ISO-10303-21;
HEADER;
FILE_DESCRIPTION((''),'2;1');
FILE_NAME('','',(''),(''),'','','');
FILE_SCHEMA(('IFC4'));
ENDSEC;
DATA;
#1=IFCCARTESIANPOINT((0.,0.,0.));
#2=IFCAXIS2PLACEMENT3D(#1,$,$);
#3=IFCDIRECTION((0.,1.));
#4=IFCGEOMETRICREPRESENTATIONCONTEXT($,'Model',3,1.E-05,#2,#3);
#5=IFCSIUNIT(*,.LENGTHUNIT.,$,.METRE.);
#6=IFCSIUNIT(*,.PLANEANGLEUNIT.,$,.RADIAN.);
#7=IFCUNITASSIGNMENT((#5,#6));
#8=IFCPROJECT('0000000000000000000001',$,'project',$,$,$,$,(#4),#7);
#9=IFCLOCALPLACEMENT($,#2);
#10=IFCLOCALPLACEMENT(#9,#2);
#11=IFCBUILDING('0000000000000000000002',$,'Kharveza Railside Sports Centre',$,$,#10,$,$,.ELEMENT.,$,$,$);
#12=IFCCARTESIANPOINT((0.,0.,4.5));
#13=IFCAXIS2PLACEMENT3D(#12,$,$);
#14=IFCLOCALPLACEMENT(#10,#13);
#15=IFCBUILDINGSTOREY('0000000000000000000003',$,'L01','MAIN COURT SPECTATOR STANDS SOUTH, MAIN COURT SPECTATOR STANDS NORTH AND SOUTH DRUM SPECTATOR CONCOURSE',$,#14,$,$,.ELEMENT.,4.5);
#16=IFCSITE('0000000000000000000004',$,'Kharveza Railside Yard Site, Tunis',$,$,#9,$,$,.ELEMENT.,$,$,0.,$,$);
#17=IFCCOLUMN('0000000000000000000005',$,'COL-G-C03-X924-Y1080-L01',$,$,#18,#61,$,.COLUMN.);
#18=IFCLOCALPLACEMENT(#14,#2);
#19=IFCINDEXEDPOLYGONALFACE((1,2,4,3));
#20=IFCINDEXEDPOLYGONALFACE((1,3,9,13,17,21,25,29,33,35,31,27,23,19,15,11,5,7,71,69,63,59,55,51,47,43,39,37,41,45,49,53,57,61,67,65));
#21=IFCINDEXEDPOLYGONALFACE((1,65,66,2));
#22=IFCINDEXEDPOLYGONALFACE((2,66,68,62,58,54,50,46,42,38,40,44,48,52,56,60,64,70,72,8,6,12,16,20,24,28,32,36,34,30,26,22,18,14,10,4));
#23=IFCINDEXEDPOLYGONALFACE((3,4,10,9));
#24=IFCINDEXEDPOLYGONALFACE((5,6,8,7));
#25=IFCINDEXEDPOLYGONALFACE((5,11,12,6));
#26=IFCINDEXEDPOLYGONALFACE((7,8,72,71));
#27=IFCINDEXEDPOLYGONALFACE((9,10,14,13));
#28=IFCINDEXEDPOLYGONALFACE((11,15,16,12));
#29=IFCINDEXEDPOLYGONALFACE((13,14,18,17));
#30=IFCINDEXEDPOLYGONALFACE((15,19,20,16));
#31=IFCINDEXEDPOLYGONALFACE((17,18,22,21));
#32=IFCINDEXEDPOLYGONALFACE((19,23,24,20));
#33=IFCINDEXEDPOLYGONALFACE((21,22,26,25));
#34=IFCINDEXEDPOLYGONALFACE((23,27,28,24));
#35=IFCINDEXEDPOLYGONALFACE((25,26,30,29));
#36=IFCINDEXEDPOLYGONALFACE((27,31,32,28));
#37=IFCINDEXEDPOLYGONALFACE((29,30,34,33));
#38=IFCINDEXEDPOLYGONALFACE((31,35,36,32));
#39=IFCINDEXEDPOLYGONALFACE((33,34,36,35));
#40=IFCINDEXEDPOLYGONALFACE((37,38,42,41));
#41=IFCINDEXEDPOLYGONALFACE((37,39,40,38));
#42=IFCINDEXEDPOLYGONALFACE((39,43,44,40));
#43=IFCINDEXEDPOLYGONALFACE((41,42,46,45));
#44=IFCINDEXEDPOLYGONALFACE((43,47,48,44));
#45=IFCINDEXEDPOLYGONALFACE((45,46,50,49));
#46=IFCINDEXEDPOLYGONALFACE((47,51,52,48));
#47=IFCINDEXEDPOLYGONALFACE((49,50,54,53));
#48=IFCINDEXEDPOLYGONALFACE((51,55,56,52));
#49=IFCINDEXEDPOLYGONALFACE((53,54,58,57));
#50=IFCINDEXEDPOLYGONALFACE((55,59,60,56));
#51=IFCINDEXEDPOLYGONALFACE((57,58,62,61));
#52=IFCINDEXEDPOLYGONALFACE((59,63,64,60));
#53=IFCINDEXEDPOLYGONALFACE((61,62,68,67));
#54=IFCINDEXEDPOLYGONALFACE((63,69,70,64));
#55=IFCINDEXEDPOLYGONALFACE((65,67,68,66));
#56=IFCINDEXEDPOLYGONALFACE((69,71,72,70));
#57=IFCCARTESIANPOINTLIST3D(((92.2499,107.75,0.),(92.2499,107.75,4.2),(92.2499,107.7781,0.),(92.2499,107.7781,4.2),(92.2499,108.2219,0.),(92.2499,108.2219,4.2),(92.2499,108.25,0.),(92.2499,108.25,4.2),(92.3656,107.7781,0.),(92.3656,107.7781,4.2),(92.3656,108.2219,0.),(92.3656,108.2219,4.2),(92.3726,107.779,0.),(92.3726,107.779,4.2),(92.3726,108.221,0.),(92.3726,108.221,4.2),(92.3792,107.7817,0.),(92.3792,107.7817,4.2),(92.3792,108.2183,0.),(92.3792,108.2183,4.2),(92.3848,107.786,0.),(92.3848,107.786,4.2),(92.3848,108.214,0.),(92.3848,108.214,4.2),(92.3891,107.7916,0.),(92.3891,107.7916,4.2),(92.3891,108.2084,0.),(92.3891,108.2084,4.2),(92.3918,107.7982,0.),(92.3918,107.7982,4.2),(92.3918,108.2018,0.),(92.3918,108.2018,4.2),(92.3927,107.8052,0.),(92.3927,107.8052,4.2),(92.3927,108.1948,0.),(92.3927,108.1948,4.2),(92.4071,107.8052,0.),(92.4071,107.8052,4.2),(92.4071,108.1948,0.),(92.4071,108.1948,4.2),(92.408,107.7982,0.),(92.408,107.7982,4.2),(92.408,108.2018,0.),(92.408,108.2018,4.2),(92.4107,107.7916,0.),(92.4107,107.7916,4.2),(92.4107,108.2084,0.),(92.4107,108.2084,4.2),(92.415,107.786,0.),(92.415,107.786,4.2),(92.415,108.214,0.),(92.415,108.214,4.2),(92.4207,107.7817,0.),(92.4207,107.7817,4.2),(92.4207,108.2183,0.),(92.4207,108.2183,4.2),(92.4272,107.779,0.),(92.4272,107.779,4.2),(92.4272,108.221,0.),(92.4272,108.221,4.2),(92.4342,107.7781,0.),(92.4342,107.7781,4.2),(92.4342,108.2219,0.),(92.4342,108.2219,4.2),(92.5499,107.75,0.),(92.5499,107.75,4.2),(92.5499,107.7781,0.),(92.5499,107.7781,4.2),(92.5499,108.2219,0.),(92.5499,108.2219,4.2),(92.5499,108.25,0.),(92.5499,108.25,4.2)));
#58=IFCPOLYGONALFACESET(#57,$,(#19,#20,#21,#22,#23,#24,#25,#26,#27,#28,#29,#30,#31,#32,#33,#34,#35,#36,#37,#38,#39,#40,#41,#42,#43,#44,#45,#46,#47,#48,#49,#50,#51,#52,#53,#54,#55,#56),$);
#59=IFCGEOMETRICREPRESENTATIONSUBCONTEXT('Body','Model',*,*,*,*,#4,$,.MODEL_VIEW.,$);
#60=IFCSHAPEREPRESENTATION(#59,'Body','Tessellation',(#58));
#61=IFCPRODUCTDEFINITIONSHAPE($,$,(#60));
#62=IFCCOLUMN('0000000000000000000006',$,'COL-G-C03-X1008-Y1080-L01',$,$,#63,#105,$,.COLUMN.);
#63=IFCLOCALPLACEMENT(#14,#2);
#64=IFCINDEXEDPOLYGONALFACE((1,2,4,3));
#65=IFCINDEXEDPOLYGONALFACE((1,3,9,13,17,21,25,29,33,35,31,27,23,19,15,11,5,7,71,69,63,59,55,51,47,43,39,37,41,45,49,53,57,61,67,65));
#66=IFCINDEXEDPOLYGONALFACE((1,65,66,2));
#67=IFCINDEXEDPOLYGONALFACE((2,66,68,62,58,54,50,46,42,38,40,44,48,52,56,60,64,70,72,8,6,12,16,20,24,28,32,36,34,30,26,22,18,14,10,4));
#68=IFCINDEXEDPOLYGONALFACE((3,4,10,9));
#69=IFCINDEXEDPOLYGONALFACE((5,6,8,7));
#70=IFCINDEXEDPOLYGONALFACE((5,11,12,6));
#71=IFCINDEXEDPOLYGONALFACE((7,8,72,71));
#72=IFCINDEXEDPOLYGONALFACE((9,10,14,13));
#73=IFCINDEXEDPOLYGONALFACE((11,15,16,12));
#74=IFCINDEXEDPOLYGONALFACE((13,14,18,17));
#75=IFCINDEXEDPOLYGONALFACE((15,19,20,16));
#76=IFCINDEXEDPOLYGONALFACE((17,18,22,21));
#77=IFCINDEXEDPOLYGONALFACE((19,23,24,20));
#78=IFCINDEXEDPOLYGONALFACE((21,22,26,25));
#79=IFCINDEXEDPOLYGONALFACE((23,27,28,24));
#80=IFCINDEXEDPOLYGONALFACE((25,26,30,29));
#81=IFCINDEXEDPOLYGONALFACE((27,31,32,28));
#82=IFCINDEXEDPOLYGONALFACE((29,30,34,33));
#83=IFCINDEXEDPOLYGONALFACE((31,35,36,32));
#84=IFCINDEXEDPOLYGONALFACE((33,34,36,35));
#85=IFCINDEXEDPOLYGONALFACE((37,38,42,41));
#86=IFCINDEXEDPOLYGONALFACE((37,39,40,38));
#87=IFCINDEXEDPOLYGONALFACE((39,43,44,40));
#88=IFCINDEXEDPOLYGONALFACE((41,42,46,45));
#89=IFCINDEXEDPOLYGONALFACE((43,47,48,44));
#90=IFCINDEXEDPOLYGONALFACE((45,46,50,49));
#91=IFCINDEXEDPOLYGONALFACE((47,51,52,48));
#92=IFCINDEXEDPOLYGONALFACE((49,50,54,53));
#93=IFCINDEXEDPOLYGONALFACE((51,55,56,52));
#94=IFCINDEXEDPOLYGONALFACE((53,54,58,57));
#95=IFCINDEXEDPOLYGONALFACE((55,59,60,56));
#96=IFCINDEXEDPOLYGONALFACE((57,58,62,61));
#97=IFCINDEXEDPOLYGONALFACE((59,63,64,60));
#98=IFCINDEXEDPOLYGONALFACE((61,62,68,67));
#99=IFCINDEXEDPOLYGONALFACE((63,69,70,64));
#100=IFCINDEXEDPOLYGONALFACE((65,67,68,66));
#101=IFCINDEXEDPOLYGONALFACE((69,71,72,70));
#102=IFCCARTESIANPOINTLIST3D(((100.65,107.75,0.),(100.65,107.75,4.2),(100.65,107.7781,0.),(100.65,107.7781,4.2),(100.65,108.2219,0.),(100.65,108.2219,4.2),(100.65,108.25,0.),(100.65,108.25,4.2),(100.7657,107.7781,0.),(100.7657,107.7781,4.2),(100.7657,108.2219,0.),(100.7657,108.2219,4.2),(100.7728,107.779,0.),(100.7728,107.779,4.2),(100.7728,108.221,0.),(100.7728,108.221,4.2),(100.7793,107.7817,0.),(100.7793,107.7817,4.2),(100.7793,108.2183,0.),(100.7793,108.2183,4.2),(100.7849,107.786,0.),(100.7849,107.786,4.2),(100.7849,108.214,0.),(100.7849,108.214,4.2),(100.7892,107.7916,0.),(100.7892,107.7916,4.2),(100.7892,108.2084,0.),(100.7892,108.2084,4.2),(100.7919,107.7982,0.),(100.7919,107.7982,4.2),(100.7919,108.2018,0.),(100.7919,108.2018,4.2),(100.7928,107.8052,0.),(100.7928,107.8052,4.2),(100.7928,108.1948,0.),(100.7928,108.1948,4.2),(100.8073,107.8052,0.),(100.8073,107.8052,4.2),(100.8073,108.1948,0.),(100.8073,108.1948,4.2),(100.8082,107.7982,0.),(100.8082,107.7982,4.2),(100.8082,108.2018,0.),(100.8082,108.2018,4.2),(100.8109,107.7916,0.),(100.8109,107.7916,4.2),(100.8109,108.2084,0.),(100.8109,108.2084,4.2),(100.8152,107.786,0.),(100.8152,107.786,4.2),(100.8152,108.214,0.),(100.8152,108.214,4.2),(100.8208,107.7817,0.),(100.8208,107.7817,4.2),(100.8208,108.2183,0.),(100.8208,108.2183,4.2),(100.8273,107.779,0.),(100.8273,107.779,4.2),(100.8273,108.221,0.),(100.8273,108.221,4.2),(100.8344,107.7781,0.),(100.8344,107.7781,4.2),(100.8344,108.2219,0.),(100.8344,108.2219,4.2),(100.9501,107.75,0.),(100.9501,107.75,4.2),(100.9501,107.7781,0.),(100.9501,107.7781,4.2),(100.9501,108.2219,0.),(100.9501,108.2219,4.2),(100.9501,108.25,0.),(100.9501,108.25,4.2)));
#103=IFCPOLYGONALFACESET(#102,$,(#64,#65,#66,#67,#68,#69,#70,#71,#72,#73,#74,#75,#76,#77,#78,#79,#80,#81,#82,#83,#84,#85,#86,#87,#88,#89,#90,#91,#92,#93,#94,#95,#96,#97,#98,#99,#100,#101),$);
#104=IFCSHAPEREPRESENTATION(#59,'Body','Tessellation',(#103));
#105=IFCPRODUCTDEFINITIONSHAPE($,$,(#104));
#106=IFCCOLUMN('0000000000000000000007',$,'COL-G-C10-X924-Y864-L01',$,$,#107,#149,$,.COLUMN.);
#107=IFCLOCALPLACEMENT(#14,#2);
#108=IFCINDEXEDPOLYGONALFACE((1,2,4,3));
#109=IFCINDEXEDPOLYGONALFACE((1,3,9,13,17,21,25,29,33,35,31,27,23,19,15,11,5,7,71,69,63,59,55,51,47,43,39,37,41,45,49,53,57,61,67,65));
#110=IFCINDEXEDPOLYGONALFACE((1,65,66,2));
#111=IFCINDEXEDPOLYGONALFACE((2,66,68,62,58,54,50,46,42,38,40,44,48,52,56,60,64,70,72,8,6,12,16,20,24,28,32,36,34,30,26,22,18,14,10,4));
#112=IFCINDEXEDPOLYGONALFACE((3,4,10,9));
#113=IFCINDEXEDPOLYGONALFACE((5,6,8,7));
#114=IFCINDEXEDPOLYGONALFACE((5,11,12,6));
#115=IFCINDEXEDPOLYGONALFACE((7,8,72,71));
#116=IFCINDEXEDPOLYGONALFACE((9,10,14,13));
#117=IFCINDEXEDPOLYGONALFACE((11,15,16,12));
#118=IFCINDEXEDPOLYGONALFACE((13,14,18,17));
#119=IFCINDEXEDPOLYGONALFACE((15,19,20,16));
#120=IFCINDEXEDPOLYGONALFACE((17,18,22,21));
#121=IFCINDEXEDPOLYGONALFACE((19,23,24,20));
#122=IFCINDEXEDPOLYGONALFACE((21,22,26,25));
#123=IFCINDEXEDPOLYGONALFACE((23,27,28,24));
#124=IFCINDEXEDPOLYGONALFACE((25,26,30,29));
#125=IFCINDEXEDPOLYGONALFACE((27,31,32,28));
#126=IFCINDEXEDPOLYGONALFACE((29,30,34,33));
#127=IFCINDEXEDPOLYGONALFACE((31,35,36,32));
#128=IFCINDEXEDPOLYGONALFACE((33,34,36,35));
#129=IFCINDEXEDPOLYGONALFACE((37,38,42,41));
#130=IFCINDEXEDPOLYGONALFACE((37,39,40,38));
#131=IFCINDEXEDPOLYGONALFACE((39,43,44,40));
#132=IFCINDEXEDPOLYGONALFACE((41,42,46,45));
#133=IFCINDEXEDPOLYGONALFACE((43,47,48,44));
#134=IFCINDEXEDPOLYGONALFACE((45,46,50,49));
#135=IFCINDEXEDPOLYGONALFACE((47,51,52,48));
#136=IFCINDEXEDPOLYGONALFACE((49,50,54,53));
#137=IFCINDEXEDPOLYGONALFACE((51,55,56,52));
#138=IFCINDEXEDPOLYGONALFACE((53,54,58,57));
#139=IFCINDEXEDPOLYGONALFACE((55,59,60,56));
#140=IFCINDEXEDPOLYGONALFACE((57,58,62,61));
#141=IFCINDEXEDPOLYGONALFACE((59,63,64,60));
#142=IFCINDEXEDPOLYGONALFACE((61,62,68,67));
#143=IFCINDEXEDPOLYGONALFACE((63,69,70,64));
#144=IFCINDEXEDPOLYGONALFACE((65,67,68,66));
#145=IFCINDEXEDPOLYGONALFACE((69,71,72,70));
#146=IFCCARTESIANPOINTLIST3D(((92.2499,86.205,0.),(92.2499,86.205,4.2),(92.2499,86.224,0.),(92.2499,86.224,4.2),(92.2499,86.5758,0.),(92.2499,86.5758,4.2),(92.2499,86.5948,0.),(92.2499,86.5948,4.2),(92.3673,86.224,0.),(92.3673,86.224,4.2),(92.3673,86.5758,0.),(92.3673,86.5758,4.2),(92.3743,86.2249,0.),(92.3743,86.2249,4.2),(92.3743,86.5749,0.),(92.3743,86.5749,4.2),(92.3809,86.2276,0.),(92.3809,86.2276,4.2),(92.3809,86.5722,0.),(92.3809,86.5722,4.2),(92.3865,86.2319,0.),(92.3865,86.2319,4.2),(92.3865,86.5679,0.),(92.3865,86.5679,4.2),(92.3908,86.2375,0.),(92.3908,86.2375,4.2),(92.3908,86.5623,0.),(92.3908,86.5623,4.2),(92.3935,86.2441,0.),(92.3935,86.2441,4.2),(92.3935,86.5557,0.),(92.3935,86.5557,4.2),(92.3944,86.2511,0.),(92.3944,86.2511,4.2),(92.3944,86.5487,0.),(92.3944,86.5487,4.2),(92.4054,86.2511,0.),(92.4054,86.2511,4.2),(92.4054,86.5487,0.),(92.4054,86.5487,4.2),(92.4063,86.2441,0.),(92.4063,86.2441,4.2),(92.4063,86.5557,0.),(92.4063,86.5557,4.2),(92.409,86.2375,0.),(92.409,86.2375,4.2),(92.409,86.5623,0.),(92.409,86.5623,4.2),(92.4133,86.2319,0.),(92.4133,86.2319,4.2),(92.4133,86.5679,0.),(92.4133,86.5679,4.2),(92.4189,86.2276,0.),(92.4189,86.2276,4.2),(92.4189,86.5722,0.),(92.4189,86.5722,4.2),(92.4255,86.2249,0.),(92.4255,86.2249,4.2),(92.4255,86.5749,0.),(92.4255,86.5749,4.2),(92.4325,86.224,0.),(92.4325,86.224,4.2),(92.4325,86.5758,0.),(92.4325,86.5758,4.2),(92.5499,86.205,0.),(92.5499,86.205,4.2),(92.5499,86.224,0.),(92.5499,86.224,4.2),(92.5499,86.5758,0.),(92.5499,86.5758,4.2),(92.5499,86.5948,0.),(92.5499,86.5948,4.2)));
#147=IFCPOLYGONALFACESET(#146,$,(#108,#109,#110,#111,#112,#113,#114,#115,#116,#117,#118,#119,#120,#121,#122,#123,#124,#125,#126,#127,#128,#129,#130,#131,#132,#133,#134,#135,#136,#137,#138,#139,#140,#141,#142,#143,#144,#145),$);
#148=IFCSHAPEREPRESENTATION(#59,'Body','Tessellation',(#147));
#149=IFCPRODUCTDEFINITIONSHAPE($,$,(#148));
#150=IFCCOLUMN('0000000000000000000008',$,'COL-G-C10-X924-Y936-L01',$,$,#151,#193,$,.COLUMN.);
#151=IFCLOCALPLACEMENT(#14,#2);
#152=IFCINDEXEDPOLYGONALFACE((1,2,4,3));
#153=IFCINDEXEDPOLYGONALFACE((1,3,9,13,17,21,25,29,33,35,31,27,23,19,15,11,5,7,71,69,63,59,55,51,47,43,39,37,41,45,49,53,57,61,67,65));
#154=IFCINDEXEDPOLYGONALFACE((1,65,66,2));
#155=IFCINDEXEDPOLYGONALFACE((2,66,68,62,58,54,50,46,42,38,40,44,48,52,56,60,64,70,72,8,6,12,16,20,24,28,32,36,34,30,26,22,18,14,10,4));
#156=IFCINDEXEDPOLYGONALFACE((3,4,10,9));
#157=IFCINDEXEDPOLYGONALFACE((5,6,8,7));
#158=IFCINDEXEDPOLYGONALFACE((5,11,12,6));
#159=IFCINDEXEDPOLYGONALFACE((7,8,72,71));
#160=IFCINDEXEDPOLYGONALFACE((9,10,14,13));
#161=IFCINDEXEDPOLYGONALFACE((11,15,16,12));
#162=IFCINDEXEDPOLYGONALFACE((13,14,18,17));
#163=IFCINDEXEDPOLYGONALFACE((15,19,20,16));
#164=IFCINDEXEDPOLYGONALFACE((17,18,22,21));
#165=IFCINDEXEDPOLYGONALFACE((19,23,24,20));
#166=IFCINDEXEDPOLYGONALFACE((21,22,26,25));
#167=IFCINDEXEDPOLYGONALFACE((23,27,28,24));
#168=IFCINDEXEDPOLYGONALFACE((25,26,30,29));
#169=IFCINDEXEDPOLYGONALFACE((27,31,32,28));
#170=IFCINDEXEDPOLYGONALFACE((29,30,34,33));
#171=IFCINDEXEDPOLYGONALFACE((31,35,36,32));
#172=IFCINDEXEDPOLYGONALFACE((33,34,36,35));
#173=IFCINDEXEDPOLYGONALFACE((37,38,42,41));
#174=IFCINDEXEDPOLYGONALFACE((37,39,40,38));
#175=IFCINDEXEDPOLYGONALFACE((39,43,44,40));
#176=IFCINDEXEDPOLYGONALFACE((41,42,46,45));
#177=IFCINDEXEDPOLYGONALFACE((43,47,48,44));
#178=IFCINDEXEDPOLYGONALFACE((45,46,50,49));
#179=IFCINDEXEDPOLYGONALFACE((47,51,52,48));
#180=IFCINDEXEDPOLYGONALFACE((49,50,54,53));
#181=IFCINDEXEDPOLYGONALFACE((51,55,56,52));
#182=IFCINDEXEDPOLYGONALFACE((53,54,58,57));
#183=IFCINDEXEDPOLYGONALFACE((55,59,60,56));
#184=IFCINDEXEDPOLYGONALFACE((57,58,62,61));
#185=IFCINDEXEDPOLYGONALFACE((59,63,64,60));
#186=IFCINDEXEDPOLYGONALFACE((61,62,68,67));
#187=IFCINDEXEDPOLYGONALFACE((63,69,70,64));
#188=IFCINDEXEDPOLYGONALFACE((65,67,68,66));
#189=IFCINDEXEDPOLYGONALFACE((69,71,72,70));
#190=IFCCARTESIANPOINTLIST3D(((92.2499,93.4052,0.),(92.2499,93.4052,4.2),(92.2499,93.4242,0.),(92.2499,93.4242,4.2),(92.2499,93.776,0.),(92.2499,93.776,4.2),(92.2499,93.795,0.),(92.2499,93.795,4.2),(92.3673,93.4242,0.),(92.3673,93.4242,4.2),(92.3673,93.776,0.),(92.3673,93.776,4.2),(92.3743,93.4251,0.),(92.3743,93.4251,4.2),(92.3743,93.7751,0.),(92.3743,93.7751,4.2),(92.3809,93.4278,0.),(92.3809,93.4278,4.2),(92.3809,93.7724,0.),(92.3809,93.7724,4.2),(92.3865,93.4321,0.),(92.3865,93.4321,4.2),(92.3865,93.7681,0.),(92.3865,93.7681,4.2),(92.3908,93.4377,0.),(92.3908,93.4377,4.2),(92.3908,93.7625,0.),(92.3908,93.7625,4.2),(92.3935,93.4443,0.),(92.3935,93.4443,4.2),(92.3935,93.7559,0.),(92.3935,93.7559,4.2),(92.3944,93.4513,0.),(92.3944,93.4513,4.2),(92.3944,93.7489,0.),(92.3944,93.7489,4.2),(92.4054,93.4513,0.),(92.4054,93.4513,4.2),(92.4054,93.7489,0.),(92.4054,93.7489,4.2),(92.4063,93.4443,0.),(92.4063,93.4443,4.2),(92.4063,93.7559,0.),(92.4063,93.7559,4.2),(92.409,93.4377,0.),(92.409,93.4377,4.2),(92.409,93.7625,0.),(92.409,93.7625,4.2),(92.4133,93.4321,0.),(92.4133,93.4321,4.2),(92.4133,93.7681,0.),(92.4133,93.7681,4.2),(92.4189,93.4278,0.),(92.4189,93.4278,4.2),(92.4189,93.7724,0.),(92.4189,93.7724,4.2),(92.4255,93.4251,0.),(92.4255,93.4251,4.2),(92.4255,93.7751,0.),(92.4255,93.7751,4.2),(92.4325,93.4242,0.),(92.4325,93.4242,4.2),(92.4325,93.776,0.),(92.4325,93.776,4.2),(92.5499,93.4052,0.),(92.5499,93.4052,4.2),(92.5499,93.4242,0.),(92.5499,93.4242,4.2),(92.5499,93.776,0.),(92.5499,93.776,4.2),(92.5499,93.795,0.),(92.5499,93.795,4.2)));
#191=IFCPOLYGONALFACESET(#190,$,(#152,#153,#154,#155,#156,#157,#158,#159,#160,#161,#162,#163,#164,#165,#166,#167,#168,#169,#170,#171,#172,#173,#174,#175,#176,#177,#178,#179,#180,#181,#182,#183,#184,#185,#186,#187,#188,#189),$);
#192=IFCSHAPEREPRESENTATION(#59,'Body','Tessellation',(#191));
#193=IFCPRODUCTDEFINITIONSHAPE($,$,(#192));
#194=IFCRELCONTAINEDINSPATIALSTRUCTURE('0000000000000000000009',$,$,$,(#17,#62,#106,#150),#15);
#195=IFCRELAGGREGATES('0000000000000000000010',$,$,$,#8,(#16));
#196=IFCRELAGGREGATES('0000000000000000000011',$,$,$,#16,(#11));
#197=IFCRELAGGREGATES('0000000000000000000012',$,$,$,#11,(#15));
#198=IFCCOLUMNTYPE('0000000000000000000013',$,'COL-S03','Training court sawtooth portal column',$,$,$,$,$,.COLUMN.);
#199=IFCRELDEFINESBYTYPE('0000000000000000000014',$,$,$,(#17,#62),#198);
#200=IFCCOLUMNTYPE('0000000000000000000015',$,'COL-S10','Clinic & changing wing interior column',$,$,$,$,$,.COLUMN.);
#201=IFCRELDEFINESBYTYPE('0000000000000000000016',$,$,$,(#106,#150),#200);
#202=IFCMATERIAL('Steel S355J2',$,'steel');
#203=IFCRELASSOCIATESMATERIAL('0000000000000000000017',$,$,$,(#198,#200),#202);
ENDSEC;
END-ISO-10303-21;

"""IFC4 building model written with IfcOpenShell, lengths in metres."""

from ifc_helpers import new_model, si_unit, direction, frame, origin, origin_2d, place, context, subcontext, project, spatial, i_section, extrude, material, material_profile, profile_set, type_object, element, save


model = new_model("IFC4")

# Units and contexts
model_context = context("Model", 3, precision=1e-05, world=origin(), true_north=direction((0.0, 1.0)))
body_context = subcontext(model_context, "Body", "Model", "MODEL_VIEW")
ifc_project = project(units=[si_unit("LENGTHUNIT", "METRE"), si_unit("PLANEANGLEUNIT", "RADIAN")], contexts=[model_context])

# Site, building, storey
site_placement = place(None, origin())
site = spatial("IfcSite", under=ifc_project, at=site_placement, Name="Kharveza Railside Yard Site, Tunis", CompositionType="ELEMENT", RefElevation=0.0)
building_placement = place(site_placement, origin())
building = spatial("IfcBuilding", under=site, at=building_placement, Name="Kharveza Railside Sports Centre", CompositionType="ELEMENT")
storey_placement = place(building_placement, frame((0.0, 0.0, 4.5)))
storey = spatial("IfcBuildingStorey", under=building, at=storey_placement, Name="L01", Description="MAIN COURT SPECTATOR STANDS SOUTH, MAIN COURT SPECTATOR STANDS NORTH AND SOUTH DRUM SPECTATOR CONCOURSE", CompositionType="ELEMENT", Elevation=4.5)

# Columns
ifc_material_1 = material(Name="Steel S355J2", Category="steel")
ifc_material_profile_1 = material_profile(ifc_material_1, i_section(OverallWidth=0.3, OverallDepth=0.5, WebThickness=0.0144, FlangeThickness=0.0281, FilletRadius=0.0271, at=origin_2d()), Name="HEB 500")
ifc_profile_set_1 = profile_set([ifc_material_profile_1], Name="Steel S355J2")
column_type_1 = type_object("IfcColumnType", Name="COL-S03", Description="Training court sawtooth portal column", PredefinedType="COLUMN", material=ifc_profile_set_1)
for number, where, z_axis, x_axis, name in (
    (1, (92.3999, 108.0, 0.0), (0.0, 0.0, 1.0), (1.0, 0.0, 0.0), "COL-G-C03-X924-Y1080-L01"),
    (2, (100.8, 108.0, 0.0), (0.0, 0.0, 1.0), (1.0, 0.0, 0.0), "COL-G-C03-X1008-Y1080-L01"),
):
    element("IfcColumn", number, at=place(storey_placement, frame(where, z_axis=z_axis, x_axis=x_axis)), inside=storey, type_object=column_type_1, Name=name, PredefinedType="COLUMN", context=body_context, shape_type="SweptSolid", body=[
        extrude(i_section(OverallWidth=0.3, OverallDepth=0.5, WebThickness=0.0144, FlangeThickness=0.0281, FilletRadius=0.0271, at=origin_2d()), origin(), (0.0, 0.0, 1.0), 4.2),
    ])
ifc_material_profile_2 = material_profile(ifc_material_1, i_section(OverallWidth=0.3, OverallDepth=0.3899, WebThickness=0.011, FlangeThickness=0.019, FilletRadius=0.0271, at=origin_2d()), Name="HEA 400")
ifc_profile_set_2 = profile_set([ifc_material_profile_2], Name="Steel S355J2")
column_type_2 = type_object("IfcColumnType", Name="COL-S10", Description="Clinic & changing wing interior column", PredefinedType="COLUMN", material=ifc_profile_set_2)
for number, where, z_axis, x_axis, name in (
    (3, (92.3999, 86.3999, 0.0), (0.0, 0.0, 1.0), (1.0, 0.0, 0.0), "COL-G-C10-X924-Y864-L01"),
    (4, (92.3999, 93.6001, 0.0), (0.0, 0.0, 1.0), (1.0, 0.0, 0.0), "COL-G-C10-X924-Y936-L01"),
):
    element("IfcColumn", number, at=place(storey_placement, frame(where, z_axis=z_axis, x_axis=x_axis)), inside=storey, type_object=column_type_2, Name=name, PredefinedType="COLUMN", context=body_context, shape_type="SweptSolid", body=[
        extrude(i_section(OverallWidth=0.3, OverallDepth=0.3899, WebThickness=0.011, FlangeThickness=0.019, FilletRadius=0.0271, at=origin_2d()), origin(), (0.0, 0.0, 1.0), 4.2),
    ])

save(model, "model.ifc")
